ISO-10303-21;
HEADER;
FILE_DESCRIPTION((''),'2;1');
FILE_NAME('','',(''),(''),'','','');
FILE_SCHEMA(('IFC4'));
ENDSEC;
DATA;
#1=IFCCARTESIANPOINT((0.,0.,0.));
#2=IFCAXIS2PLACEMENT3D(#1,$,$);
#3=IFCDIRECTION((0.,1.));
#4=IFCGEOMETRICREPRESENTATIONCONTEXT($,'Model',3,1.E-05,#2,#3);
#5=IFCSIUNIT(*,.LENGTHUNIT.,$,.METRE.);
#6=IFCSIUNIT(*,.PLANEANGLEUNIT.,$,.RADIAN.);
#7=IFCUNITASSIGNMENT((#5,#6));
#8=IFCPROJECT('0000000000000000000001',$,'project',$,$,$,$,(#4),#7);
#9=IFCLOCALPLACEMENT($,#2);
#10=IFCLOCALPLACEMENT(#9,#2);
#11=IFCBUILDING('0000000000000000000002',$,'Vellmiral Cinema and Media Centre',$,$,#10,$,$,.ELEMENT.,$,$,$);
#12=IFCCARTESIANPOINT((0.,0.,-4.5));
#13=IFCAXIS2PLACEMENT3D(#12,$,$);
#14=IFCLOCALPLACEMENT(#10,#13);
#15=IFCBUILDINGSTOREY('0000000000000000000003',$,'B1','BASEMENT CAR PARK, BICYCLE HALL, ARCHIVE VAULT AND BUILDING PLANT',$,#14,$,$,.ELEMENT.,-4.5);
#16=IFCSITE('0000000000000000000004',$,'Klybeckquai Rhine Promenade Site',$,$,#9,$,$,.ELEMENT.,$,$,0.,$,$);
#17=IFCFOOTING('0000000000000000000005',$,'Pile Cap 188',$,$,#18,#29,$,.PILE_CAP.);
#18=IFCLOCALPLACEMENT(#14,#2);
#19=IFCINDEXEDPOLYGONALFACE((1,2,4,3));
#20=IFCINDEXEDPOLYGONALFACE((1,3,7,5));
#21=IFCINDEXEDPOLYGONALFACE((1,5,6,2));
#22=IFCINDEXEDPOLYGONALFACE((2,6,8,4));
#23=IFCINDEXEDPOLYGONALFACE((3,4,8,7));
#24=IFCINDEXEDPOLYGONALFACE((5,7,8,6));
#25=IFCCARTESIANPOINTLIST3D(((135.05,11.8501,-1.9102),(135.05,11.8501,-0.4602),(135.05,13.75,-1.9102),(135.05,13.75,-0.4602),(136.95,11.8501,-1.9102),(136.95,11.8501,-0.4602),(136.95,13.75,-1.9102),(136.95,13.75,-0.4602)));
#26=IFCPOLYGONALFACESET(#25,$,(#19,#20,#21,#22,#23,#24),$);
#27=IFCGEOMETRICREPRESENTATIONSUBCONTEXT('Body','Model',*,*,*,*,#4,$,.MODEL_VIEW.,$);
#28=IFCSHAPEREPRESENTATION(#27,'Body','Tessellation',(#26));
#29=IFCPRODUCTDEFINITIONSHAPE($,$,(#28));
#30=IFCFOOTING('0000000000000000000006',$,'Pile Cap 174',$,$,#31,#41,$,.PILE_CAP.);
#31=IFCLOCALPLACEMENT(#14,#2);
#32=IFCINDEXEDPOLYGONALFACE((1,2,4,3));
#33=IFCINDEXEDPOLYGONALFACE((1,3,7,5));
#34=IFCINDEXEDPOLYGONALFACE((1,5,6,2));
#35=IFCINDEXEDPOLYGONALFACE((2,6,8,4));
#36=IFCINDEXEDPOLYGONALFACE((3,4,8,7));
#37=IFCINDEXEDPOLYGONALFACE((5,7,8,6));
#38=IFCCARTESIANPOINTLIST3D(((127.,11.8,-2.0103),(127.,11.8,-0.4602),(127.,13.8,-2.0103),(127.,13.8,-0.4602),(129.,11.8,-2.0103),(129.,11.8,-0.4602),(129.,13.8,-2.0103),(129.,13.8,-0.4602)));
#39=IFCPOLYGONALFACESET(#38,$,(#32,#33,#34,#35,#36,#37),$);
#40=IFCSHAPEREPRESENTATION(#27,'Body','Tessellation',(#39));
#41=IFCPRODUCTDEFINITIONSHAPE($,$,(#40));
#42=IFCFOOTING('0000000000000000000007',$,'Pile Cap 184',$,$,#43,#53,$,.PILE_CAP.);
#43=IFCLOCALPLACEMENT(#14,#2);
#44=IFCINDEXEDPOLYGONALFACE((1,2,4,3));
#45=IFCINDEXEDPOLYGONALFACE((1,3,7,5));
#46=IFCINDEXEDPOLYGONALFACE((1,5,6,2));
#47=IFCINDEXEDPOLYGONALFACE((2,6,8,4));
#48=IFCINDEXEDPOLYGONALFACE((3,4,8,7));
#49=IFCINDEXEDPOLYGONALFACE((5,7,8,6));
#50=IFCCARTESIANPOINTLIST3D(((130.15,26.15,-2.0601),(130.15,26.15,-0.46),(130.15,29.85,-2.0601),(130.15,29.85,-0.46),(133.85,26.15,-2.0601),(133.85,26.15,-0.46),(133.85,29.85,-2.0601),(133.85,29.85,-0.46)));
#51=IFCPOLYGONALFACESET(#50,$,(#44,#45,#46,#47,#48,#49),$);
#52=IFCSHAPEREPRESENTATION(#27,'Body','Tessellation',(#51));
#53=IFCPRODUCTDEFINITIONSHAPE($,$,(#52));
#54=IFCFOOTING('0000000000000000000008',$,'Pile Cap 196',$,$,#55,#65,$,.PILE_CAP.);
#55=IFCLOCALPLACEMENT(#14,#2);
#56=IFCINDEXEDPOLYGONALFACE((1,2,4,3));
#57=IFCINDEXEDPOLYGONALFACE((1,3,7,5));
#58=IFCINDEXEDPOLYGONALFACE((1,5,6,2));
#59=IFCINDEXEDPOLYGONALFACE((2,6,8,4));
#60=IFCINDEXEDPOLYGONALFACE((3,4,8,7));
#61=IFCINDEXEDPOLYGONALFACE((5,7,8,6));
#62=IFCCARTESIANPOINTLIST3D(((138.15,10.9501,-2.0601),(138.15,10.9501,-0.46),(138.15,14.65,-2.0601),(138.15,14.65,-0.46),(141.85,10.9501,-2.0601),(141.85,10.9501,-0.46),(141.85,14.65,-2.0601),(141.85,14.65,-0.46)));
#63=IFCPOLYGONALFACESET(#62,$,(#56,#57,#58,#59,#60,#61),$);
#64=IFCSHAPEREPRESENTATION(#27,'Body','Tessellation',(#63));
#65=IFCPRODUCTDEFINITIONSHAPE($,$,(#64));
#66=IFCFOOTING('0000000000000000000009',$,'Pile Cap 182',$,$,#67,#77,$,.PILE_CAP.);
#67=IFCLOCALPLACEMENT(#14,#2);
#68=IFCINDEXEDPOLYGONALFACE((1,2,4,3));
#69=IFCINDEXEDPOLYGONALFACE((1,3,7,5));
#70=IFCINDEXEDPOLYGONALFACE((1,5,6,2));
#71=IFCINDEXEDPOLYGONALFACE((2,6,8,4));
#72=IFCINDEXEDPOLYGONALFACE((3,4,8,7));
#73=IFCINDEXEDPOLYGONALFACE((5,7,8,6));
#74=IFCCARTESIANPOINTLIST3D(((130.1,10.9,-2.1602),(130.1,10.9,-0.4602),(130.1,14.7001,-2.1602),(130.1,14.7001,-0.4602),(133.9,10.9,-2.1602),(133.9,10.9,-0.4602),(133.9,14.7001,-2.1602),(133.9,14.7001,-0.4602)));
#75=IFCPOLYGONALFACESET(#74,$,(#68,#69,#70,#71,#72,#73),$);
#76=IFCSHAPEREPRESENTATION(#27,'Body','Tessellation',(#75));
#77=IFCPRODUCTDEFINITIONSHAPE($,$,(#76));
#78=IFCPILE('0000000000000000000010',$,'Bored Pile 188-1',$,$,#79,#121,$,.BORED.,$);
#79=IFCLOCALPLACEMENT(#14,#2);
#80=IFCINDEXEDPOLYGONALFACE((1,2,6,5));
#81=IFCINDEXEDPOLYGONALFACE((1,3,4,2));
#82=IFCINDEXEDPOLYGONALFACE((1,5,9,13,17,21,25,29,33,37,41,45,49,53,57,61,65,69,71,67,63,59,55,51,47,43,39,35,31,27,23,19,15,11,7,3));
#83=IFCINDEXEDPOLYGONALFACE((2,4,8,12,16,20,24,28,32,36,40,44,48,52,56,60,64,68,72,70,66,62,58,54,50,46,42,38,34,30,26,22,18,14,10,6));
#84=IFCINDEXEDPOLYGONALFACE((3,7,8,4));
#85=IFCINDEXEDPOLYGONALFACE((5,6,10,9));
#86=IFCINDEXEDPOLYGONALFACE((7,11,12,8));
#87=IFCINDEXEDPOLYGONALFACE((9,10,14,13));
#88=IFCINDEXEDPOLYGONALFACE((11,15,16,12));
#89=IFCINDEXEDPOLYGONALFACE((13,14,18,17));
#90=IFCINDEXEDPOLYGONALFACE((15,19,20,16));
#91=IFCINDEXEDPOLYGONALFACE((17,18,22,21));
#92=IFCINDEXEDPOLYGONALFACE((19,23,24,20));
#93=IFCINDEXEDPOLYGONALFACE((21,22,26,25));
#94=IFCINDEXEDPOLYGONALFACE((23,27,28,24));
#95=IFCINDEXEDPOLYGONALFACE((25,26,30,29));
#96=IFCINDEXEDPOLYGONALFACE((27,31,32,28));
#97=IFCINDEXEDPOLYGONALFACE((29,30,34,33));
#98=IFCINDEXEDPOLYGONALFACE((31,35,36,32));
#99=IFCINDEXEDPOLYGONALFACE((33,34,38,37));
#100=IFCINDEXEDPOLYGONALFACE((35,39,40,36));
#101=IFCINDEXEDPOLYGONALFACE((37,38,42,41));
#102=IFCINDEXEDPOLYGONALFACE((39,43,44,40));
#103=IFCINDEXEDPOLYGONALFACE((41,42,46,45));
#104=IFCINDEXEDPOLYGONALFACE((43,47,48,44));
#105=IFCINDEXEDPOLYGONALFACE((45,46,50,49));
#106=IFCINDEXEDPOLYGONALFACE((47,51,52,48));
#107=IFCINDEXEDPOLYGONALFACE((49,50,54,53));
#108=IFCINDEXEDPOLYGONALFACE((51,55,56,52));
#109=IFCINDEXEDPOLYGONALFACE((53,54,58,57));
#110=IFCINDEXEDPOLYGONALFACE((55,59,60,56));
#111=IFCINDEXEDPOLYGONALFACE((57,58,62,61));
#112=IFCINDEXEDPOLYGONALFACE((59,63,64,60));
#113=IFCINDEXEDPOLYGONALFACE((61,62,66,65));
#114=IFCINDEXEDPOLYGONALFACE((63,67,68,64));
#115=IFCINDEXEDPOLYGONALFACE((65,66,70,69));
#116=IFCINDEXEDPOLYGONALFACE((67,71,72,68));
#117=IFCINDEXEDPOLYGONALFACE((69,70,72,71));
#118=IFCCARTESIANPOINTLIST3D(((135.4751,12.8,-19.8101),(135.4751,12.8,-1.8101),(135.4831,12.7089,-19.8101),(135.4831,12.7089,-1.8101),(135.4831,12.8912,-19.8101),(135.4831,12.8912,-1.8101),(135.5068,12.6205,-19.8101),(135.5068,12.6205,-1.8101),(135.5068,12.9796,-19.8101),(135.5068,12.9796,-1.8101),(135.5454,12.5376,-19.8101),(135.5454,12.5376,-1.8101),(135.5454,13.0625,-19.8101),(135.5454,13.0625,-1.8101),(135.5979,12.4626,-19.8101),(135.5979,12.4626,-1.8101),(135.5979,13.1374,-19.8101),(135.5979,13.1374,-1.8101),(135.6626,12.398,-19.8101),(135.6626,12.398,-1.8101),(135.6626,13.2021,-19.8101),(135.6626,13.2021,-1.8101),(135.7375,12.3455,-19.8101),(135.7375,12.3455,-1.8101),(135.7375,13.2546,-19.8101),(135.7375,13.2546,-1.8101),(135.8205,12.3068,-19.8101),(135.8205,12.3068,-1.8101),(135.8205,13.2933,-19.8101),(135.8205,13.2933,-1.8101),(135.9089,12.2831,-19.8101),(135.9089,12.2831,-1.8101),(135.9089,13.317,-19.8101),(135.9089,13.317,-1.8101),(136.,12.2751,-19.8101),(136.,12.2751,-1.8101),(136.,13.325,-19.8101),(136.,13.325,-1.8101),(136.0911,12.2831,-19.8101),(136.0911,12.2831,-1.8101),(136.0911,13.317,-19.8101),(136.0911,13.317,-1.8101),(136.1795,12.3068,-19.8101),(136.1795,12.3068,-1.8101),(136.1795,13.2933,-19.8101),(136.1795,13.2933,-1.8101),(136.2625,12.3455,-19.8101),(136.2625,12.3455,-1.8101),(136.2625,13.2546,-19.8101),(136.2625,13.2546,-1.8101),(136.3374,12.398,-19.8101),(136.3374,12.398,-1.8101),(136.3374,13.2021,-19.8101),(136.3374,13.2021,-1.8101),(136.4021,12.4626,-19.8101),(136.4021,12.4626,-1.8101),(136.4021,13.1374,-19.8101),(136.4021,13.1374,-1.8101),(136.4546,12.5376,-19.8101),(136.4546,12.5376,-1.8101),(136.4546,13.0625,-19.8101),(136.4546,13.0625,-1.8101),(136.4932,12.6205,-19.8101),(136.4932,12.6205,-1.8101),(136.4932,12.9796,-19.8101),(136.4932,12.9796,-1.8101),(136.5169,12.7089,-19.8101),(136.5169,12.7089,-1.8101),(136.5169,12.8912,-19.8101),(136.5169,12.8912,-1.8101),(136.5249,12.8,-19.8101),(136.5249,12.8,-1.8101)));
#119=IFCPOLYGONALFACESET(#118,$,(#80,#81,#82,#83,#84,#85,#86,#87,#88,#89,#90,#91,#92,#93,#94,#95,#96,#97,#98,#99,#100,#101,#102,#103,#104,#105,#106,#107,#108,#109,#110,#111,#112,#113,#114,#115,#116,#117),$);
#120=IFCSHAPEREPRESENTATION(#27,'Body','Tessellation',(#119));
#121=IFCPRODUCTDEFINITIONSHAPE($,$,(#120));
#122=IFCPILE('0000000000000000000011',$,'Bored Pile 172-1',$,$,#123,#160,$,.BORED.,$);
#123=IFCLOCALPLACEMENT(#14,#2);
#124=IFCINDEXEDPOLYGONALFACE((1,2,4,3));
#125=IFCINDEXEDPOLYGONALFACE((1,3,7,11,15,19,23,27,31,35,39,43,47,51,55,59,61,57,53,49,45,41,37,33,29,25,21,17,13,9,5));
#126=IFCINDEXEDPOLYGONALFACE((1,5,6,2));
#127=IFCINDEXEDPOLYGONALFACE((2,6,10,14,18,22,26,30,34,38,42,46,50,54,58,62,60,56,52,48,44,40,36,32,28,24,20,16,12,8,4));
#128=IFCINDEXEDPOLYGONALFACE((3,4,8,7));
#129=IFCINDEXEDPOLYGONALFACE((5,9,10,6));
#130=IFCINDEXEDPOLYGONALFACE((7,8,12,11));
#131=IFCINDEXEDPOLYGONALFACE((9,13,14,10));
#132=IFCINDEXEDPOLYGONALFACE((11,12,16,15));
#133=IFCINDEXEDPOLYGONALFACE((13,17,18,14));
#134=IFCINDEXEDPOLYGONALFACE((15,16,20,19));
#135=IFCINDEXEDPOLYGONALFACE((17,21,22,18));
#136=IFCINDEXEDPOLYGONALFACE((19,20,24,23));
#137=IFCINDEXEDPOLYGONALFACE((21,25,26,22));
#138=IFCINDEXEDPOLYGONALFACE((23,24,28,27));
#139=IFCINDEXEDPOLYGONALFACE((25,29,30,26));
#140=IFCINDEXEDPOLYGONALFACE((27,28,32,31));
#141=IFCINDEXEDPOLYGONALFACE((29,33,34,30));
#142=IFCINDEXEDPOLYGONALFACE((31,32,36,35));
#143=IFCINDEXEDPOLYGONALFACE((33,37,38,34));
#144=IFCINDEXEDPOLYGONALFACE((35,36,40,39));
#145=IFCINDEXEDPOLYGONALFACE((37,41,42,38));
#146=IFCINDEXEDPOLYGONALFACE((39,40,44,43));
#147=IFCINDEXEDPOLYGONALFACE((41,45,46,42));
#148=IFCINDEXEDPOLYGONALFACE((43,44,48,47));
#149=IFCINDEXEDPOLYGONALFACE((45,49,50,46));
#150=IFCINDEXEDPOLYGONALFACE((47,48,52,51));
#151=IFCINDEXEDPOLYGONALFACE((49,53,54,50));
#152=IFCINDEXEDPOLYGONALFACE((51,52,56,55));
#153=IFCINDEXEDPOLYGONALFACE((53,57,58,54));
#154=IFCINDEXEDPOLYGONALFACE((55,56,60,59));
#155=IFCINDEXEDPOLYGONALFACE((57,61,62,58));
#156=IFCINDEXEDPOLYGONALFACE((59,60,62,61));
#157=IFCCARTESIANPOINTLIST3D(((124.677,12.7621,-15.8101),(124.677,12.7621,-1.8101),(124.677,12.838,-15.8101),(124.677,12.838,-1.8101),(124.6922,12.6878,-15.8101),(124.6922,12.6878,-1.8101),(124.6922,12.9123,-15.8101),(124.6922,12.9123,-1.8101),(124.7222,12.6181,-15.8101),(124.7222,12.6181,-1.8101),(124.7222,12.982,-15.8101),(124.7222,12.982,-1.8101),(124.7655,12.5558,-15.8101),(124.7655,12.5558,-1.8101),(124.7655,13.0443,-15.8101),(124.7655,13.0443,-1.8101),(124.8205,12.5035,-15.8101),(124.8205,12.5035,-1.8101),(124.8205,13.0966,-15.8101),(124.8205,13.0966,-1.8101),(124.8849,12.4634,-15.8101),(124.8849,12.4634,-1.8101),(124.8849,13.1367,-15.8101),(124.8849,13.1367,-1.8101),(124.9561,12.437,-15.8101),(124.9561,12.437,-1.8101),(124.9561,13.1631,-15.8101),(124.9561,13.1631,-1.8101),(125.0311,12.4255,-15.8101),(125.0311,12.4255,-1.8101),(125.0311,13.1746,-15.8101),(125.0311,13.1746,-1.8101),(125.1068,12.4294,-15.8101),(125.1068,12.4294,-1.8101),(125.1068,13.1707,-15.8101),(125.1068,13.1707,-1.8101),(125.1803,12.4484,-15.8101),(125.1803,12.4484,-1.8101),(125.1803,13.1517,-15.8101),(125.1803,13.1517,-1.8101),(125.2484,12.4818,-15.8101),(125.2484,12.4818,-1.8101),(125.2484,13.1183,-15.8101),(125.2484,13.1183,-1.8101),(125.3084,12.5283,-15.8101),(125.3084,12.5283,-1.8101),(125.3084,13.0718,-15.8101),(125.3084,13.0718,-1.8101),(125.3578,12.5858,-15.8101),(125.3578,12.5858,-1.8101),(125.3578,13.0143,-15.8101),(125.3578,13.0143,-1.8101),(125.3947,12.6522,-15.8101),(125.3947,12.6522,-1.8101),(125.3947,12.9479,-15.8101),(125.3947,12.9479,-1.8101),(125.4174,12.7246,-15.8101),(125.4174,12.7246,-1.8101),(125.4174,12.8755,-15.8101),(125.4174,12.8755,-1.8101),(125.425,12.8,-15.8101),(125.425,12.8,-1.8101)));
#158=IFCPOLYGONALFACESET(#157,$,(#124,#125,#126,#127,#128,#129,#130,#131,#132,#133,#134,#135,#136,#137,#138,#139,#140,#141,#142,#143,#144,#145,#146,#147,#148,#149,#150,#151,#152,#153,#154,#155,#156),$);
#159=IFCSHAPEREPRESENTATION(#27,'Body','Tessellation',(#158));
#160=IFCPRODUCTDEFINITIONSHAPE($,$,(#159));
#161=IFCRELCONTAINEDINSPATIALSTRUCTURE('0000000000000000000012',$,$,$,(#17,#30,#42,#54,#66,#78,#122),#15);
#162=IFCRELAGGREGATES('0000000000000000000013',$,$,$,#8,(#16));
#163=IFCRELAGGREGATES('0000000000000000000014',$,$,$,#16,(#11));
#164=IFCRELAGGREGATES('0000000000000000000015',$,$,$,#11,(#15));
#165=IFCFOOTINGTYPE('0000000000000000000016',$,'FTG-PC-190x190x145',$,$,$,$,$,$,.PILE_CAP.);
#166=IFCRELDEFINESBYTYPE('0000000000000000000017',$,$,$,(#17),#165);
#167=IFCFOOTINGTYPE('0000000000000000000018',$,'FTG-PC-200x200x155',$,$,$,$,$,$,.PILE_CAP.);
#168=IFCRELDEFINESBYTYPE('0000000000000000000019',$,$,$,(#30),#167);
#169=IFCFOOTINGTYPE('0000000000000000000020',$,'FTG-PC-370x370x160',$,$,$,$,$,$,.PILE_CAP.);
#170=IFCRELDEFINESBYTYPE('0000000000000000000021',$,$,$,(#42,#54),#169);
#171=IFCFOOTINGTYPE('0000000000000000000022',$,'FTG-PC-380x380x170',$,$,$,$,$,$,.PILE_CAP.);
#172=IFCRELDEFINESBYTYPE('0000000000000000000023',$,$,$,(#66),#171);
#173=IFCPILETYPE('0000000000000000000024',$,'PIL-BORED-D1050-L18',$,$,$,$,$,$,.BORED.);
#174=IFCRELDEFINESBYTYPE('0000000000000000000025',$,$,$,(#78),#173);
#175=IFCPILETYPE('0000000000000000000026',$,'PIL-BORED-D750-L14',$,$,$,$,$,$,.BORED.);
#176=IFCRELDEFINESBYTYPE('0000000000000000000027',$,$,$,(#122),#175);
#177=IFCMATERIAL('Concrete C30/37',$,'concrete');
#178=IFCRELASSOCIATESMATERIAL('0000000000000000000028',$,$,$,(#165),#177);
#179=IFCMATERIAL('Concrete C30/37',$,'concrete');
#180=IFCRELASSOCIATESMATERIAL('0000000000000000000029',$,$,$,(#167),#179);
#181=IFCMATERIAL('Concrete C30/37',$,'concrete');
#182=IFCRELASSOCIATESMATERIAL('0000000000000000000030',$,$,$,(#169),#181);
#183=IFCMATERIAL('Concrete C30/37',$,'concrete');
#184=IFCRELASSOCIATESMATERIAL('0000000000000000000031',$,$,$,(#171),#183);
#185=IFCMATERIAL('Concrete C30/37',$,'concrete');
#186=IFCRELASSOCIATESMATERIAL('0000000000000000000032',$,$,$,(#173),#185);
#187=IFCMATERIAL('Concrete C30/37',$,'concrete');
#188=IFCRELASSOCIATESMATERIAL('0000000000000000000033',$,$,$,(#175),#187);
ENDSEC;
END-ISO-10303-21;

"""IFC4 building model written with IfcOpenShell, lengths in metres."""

from ifc_helpers import new_model, si_unit, direction, frame, origin, origin_2d, place, context, subcontext, project, spatial, rectangle, circle, extrude, material, material_profile, profile_set, type_object, element, save


model = new_model("IFC4")

# Units and contexts
model_context = context("Model", 3, precision=1e-05, world=origin(), true_north=direction((0.0, 1.0)))
body_context = subcontext(model_context, "Body", "Model", "MODEL_VIEW")
ifc_project = project(units=[si_unit("LENGTHUNIT", "METRE"), si_unit("PLANEANGLEUNIT", "RADIAN")], contexts=[model_context])

# Site, building, storey
site_placement = place(None, origin())
site = spatial("IfcSite", under=ifc_project, at=site_placement, Name="Klybeckquai Rhine Promenade Site", CompositionType="ELEMENT", RefElevation=0.0)
building_placement = place(site_placement, origin())
building = spatial("IfcBuilding", under=site, at=building_placement, Name="Vellmiral Cinema and Media Centre", CompositionType="ELEMENT")
storey_placement = place(building_placement, frame((0.0, 0.0, -4.5)))
storey = spatial("IfcBuildingStorey", under=building, at=storey_placement, Name="B1", Description="BASEMENT CAR PARK, BICYCLE HALL, ARCHIVE VAULT AND BUILDING PLANT", CompositionType="ELEMENT", Elevation=-4.5)

# Footings
ifc_material_1 = material(Name="Concrete C30/37", Category="concrete")
footing_type_1 = type_object("IfcFootingType", Name="FTG-PC-190x190x145", PredefinedType="PILE_CAP", material=ifc_material_1)
footing_1_placement = place(storey_placement, frame((136.0, 12.8, -1.9102), z_axis=(0.0, 0.0, 1.0), x_axis=(1.0, 0.0, 0.0)))
element("IfcFooting", 1, at=footing_1_placement, inside=storey, type_object=footing_type_1, Name="Pile Cap 188", PredefinedType="PILE_CAP", context=body_context, shape_type="SweptSolid", body=[
    extrude(rectangle(XDim=1.8999, YDim=1.8999, at=origin_2d()), origin(), (0.0, 0.0, 1.0), 1.45),
])
ifc_material_2 = material(Name="Concrete C30/37", Category="concrete")
footing_type_2 = type_object("IfcFootingType", Name="FTG-PC-200x200x155", PredefinedType="PILE_CAP", material=ifc_material_2)
footing_2_placement = place(storey_placement, frame((128.0, 12.8, -2.0103), z_axis=(0.0, 0.0, 1.0), x_axis=(1.0, 0.0, 0.0)))
element("IfcFooting", 2, at=footing_2_placement, inside=storey, type_object=footing_type_2, Name="Pile Cap 174", PredefinedType="PILE_CAP", context=body_context, shape_type="SweptSolid", body=[
    extrude(rectangle(XDim=2.0, YDim=2.0, at=origin_2d()), origin(), (0.0, 0.0, 1.0), 1.55),
])
ifc_material_3 = material(Name="Concrete C30/37", Category="concrete")
footing_type_3 = type_object("IfcFootingType", Name="FTG-PC-370x370x160", PredefinedType="PILE_CAP", material=ifc_material_3)
for number, where, z_axis, x_axis, name in (
    (3, (132.0, 28.0, -2.0601), (0.0, 0.0, 1.0), (1.0, 0.0, 0.0), "Pile Cap 184"),
    (4, (140.0, 12.8, -2.0601), (0.0, 0.0, 1.0), (1.0, 0.0, 0.0), "Pile Cap 196"),
):
    element("IfcFooting", number, at=place(storey_placement, frame(where, z_axis=z_axis, x_axis=x_axis)), inside=storey, type_object=footing_type_3, Name=name, PredefinedType="PILE_CAP", context=body_context, shape_type="SweptSolid", body=[
        extrude(rectangle(XDim=3.7, YDim=3.7, at=origin_2d()), origin(), (0.0, 0.0, 1.0), 1.6001),
    ])
ifc_material_4 = material(Name="Concrete C30/37", Category="concrete")
footing_type_4 = type_object("IfcFootingType", Name="FTG-PC-380x380x170", PredefinedType="PILE_CAP", material=ifc_material_4)
footing_3_placement = place(storey_placement, frame((132.0, 12.8, -2.1602), z_axis=(0.0, 0.0, 1.0), x_axis=(1.0, 0.0, 0.0)))
element("IfcFooting", 5, at=footing_3_placement, inside=storey, type_object=footing_type_4, Name="Pile Cap 182", PredefinedType="PILE_CAP", context=body_context, shape_type="SweptSolid", body=[
    extrude(rectangle(XDim=3.8, YDim=3.8, at=origin_2d()), origin(), (0.0, 0.0, 1.0), 1.7),
])

# Piles
ifc_material_5 = material(Name="Concrete C30/37", Category="concrete")
ifc_material_profile_1 = material_profile(ifc_material_5, circle(Radius=0.5249, at=origin_2d()), Name="PILE D1050")
ifc_profile_set_1 = profile_set([ifc_material_profile_1], Name="Concrete C30/37")
pile_type_1 = type_object("IfcPileType", Name="PIL-BORED-D1050-L18", PredefinedType="BORED", material=ifc_profile_set_1)
pile_1_placement = place(storey_placement, frame((136.0, 12.8, -1.8101), z_axis=(0.0, 0.0, -1.0), x_axis=(1.0, 0.0, 0.0)))
element("IfcPile", 6, at=pile_1_placement, inside=storey, type_object=pile_type_1, Name="Bored Pile 188-1", PredefinedType="BORED", context=body_context, shape_type="SweptSolid", body=[
    extrude(circle(Radius=0.5249, at=origin_2d()), origin(), (0.0, 0.0, 1.0), 18.0),
])
ifc_material_6 = material(Name="Concrete C30/37", Category="concrete")
ifc_material_profile_2 = material_profile(ifc_material_6, circle(Radius=0.375, at=origin_2d()), Name="PILE D750")
ifc_profile_set_2 = profile_set([ifc_material_profile_2], Name="Concrete C30/37")
pile_type_2 = type_object("IfcPileType", Name="PIL-BORED-D750-L14", PredefinedType="BORED", material=ifc_profile_set_2)
pile_2_placement = place(storey_placement, frame((125.05, 12.8, -1.8101), z_axis=(0.0, 0.0, -1.0), x_axis=(1.0, 0.0, 0.0)))
element("IfcPile", 7, at=pile_2_placement, inside=storey, type_object=pile_type_2, Name="Bored Pile 172-1", PredefinedType="BORED", context=body_context, shape_type="SweptSolid", body=[
    extrude(circle(Radius=0.375, at=origin_2d()), origin(), (0.0, 0.0, 1.0), 14.0),
])

save(model, "model.ifc")
